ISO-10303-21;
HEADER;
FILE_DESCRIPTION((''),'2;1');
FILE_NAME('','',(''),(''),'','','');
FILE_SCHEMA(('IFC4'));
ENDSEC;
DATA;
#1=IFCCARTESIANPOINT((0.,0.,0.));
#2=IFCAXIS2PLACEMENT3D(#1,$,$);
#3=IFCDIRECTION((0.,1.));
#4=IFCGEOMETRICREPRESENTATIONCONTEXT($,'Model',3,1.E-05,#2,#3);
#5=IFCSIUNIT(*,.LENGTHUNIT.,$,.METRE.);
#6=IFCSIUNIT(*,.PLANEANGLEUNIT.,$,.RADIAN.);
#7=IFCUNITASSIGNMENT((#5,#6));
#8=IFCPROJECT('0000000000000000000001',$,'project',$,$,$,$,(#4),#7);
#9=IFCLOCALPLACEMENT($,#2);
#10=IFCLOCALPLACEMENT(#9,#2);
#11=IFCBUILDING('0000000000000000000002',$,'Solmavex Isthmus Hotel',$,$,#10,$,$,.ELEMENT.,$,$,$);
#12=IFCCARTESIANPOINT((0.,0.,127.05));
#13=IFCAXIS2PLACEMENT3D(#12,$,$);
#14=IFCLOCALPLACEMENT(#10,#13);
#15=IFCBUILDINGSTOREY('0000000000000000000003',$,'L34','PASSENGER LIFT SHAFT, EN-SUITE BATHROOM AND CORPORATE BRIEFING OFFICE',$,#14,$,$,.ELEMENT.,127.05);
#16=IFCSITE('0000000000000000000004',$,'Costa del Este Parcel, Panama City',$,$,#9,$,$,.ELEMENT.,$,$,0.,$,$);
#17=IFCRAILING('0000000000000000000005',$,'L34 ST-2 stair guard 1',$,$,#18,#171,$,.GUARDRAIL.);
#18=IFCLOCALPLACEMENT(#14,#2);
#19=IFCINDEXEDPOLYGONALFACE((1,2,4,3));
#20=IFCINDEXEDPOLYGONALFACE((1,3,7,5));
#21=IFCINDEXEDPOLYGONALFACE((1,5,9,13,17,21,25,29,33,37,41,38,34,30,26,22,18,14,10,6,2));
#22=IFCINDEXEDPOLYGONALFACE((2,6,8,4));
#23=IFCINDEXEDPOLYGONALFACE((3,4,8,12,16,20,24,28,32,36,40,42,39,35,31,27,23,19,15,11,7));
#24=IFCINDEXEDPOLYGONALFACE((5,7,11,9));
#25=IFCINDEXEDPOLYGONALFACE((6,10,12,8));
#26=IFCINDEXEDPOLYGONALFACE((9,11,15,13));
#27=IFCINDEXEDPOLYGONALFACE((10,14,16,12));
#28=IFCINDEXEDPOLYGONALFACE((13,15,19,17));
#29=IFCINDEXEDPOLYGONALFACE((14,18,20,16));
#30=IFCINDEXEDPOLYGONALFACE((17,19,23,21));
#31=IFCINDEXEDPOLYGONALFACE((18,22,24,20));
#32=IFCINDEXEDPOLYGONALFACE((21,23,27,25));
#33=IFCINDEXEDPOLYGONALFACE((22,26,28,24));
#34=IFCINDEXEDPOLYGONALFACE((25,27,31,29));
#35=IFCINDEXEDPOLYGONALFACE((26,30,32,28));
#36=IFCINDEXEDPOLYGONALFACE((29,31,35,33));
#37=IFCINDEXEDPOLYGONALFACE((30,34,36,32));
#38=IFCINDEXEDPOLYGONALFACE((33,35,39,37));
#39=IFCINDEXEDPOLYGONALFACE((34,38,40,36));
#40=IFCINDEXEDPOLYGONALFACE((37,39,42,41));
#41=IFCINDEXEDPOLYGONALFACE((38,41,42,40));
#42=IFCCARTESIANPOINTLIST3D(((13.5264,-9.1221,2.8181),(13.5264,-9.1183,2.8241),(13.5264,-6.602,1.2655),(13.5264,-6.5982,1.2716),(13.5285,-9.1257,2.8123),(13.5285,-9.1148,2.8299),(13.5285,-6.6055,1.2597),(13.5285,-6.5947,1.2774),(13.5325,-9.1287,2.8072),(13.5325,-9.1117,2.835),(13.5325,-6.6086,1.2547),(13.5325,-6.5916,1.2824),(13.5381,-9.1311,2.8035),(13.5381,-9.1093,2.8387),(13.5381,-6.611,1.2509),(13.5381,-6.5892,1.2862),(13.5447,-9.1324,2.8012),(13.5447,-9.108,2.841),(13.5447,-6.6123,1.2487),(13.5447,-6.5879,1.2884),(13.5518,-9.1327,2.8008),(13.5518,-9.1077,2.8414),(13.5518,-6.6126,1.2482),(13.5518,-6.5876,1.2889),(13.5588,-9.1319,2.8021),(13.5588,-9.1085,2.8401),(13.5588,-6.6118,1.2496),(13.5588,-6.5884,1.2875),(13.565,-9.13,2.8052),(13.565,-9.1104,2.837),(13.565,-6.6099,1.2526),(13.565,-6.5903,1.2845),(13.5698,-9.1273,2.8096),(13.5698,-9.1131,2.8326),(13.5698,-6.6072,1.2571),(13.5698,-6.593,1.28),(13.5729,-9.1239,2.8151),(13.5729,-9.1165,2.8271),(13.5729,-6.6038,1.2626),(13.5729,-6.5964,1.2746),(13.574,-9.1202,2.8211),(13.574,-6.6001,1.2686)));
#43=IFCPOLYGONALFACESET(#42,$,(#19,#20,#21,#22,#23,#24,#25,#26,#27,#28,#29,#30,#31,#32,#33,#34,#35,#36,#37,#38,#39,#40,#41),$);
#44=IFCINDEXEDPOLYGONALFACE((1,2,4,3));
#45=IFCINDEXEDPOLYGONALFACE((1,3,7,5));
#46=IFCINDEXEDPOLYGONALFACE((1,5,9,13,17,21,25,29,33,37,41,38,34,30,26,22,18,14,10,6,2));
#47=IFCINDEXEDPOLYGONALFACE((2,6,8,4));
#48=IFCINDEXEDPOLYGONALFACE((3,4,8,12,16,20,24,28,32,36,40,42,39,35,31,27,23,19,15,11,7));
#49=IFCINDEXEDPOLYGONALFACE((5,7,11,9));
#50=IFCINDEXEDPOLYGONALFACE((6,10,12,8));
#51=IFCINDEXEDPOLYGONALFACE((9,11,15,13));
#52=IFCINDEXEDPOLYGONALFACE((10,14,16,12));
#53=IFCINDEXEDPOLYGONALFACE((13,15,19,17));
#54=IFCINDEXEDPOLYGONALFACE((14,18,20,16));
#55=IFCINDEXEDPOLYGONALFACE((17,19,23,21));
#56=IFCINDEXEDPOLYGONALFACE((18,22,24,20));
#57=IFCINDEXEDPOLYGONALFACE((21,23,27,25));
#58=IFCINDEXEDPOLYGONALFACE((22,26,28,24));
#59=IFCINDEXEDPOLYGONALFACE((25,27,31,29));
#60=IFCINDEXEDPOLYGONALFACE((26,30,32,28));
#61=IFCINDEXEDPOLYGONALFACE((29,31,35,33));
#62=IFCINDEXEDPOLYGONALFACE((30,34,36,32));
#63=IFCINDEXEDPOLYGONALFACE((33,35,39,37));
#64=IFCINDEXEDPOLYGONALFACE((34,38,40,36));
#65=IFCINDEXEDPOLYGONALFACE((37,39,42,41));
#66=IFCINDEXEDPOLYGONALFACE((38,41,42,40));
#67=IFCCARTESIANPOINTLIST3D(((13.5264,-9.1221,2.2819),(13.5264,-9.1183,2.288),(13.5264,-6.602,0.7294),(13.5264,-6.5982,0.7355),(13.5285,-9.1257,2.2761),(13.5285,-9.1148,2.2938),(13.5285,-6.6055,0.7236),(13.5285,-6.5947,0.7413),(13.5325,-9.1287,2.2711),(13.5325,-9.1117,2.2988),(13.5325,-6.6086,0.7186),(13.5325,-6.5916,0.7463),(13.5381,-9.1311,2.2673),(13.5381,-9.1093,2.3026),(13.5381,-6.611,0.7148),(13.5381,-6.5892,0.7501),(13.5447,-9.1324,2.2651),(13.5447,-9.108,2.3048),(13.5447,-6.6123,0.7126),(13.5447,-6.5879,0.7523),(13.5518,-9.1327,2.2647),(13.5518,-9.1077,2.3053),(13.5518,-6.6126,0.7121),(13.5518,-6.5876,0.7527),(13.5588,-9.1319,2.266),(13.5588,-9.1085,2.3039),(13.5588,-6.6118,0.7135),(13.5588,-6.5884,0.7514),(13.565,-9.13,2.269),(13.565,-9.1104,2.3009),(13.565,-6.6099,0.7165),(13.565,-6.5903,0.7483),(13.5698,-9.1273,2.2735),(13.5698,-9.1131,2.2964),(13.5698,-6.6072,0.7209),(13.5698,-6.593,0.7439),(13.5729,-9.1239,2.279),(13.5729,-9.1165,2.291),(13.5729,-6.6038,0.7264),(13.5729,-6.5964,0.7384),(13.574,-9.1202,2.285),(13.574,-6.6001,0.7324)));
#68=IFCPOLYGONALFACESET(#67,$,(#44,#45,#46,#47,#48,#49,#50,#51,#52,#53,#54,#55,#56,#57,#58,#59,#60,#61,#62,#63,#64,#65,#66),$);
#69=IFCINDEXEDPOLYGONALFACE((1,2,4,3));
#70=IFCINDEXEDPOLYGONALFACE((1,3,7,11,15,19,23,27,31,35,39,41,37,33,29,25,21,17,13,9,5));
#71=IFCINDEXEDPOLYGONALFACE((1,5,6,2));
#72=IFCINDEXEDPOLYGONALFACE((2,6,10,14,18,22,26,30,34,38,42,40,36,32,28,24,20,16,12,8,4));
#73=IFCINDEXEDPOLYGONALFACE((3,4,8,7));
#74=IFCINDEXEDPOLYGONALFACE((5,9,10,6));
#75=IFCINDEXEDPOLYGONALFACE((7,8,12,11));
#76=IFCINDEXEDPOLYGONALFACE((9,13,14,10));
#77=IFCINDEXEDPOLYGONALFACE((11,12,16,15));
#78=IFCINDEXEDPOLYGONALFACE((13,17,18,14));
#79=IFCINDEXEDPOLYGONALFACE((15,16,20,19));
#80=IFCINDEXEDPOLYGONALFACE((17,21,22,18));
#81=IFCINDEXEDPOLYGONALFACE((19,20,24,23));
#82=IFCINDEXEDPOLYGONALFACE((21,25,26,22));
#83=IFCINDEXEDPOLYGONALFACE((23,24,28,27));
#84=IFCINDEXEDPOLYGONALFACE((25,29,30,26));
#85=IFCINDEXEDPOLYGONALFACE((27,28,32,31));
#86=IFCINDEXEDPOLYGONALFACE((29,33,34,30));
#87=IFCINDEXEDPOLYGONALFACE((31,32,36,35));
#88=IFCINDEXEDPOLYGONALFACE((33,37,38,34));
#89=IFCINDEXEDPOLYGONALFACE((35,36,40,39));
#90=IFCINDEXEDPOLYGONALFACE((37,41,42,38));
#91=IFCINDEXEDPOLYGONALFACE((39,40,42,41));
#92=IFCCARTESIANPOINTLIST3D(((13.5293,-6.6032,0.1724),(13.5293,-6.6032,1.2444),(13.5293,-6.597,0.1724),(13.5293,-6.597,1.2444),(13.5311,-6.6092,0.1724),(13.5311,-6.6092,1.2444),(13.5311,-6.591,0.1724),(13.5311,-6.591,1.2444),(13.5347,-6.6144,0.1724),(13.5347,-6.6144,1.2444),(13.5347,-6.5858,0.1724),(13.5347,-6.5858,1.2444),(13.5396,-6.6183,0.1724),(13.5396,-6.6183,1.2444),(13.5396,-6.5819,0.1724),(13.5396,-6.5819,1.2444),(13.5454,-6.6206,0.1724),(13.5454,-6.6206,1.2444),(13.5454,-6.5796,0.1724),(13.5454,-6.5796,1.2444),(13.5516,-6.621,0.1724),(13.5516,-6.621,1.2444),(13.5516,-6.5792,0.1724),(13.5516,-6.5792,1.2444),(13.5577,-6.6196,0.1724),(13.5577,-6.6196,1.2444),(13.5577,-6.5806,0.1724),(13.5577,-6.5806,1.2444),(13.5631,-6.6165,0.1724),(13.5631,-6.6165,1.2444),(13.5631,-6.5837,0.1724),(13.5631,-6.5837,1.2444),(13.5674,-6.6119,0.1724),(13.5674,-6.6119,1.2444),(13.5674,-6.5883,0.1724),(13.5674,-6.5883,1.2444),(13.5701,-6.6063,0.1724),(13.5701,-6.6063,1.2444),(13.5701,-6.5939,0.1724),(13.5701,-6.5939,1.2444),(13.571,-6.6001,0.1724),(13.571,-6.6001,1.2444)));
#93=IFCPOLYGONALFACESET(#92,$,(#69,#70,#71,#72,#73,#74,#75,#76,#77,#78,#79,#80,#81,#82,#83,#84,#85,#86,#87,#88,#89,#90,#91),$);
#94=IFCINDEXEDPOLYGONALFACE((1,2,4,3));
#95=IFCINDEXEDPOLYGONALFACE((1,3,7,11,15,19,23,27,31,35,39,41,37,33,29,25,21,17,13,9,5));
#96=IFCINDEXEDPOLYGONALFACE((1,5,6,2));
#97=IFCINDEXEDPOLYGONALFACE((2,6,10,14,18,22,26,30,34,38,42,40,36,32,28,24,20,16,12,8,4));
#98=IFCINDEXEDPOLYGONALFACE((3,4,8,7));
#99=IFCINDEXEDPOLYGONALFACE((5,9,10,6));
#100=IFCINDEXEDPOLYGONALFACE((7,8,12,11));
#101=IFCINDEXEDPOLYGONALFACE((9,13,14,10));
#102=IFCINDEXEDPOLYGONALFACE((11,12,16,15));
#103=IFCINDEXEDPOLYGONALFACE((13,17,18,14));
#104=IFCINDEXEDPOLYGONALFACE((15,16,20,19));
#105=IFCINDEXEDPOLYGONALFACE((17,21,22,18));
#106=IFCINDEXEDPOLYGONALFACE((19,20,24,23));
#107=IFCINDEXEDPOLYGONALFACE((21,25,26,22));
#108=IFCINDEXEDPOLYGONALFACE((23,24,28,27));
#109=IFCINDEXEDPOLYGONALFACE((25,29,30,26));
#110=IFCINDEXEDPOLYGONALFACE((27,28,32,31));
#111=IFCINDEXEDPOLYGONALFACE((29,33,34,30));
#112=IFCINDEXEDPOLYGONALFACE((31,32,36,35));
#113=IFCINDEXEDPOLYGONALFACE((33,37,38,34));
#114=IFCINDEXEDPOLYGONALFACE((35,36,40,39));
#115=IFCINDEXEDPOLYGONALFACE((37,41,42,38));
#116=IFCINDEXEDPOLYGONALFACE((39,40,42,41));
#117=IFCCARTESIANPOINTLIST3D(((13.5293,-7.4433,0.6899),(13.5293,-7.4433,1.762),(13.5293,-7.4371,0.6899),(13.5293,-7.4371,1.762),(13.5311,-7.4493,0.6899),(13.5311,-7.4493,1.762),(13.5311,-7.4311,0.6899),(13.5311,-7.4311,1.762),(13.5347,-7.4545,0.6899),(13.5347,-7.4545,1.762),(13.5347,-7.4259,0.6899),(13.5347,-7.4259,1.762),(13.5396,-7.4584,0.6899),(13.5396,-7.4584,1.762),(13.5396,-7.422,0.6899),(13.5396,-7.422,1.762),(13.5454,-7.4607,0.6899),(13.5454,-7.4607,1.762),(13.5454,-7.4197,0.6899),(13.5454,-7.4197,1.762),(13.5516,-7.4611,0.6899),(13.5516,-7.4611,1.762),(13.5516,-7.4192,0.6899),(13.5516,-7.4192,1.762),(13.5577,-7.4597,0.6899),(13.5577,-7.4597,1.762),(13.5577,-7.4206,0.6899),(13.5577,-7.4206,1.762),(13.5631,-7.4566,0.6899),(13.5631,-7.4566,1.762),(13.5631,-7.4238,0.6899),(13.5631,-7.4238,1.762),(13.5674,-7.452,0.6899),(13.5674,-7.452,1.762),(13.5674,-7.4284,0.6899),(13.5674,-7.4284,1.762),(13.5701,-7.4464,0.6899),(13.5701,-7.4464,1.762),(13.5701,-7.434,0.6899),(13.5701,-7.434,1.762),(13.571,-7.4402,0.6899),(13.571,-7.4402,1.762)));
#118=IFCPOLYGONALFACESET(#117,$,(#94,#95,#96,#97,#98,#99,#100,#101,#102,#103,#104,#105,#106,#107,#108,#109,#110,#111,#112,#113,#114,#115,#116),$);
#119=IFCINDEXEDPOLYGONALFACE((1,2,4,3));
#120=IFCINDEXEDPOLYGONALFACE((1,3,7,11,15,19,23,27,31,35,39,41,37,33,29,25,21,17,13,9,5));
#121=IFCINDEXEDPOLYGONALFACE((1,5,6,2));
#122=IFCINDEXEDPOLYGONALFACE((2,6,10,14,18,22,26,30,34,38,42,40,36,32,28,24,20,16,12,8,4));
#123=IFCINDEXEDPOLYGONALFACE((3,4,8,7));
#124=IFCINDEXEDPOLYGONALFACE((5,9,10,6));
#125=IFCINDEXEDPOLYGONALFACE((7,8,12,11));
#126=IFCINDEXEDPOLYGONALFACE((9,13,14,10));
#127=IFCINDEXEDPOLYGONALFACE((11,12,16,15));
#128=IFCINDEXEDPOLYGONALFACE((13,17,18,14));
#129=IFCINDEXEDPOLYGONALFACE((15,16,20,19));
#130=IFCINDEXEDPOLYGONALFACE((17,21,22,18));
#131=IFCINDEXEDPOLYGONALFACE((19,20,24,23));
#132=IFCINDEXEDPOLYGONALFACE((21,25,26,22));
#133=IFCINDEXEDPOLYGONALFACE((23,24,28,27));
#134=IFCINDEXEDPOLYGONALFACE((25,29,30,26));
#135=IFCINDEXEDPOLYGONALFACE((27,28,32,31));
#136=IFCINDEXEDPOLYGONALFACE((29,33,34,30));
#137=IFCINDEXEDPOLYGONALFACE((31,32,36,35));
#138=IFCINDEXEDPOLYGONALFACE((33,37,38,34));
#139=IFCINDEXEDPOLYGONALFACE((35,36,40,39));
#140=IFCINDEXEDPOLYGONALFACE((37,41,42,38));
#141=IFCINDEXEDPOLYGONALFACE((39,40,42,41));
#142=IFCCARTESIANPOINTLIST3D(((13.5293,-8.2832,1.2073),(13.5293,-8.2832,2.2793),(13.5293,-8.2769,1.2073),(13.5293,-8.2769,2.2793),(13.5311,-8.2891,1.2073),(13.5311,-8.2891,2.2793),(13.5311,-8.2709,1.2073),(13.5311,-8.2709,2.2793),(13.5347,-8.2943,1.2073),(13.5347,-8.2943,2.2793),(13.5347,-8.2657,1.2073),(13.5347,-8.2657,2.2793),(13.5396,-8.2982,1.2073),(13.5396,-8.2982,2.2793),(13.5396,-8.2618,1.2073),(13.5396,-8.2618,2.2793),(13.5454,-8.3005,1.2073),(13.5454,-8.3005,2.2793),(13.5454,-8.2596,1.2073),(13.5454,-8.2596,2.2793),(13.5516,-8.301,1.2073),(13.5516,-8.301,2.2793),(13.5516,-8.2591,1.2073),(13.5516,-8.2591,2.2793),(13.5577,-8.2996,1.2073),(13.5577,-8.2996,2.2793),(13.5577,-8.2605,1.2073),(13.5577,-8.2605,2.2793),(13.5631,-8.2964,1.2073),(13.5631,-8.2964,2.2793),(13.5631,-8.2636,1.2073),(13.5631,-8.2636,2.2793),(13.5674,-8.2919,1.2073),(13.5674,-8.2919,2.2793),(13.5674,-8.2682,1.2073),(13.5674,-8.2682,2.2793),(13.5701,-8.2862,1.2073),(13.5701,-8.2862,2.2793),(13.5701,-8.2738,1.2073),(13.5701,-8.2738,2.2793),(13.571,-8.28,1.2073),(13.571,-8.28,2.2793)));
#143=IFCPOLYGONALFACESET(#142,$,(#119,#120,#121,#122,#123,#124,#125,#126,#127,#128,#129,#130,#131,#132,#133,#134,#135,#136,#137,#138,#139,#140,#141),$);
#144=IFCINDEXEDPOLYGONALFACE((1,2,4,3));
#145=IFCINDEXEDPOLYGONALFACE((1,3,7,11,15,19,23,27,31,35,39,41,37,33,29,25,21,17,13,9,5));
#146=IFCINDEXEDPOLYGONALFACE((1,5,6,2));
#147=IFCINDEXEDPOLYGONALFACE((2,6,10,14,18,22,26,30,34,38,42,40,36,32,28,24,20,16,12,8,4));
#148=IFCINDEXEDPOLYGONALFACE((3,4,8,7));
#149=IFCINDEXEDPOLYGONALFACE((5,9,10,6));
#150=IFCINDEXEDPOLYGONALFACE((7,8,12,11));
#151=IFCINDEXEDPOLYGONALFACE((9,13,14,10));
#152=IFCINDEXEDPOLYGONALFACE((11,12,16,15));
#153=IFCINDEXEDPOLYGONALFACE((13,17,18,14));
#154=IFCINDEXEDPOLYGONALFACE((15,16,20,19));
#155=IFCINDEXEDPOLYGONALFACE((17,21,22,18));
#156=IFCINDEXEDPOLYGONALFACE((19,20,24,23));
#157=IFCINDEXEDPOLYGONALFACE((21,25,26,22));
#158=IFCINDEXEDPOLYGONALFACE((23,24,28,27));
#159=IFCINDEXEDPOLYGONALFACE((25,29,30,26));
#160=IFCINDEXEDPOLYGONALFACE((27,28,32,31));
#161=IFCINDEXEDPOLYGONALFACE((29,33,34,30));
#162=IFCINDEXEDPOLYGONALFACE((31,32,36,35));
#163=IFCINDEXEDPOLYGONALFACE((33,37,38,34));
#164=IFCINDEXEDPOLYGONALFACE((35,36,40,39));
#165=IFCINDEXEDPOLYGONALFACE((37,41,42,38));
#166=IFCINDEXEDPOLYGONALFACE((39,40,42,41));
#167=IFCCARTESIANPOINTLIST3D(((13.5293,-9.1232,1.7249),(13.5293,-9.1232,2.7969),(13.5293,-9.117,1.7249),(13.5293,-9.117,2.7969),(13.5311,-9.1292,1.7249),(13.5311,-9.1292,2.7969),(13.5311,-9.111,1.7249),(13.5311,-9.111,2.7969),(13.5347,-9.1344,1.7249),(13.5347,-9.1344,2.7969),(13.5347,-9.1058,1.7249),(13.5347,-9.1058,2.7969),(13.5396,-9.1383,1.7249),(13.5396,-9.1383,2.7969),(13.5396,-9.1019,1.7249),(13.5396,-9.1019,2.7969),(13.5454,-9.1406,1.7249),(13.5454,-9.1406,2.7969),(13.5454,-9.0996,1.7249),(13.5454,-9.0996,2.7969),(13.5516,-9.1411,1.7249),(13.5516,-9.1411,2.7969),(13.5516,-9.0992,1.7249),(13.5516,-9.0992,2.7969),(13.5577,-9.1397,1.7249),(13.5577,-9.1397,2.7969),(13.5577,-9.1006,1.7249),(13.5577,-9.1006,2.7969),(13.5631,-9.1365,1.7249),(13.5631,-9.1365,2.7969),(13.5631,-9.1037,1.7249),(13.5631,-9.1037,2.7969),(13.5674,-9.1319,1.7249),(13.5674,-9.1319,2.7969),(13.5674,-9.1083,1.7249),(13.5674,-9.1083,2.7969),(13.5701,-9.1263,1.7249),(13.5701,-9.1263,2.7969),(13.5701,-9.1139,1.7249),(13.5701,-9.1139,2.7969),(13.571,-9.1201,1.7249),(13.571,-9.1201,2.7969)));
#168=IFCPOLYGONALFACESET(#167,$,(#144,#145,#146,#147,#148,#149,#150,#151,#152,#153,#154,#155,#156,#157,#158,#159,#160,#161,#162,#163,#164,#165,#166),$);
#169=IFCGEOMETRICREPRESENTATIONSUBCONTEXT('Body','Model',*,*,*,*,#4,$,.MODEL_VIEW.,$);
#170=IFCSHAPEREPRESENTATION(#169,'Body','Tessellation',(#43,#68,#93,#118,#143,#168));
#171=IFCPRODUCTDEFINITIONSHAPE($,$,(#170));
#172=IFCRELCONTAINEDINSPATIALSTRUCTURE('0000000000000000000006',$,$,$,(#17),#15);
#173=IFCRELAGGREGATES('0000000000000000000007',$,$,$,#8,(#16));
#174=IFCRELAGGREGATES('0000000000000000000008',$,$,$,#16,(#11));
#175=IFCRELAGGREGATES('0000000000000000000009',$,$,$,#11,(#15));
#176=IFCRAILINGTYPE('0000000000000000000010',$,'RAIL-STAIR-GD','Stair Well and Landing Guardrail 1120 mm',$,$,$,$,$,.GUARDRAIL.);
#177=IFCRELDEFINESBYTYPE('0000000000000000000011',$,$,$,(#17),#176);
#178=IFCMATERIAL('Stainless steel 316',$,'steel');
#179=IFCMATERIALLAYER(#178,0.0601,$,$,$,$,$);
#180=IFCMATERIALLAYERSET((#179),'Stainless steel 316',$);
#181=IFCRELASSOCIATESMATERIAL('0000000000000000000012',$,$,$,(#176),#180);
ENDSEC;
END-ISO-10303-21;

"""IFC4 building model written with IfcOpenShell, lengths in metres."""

from ifc_helpers import new_model, si_unit, direction, frame, origin, origin_2d, place, context, subcontext, project, spatial, circle, extrude, material, layer, layer_set, type_object, element, save


model = new_model("IFC4")

# Units and contexts
model_context = context("Model", 3, precision=1e-05, world=origin(), true_north=direction((0.0, 1.0)))
body_context = subcontext(model_context, "Body", "Model", "MODEL_VIEW")
ifc_project = project(units=[si_unit("LENGTHUNIT", "METRE"), si_unit("PLANEANGLEUNIT", "RADIAN")], contexts=[model_context])

# Site, building, storey
site_placement = place(None, origin())
site = spatial("IfcSite", under=ifc_project, at=site_placement, Name="Costa del Este Parcel, Panama City", CompositionType="ELEMENT", RefElevation=0.0)
building_placement = place(site_placement, origin())
building = spatial("IfcBuilding", under=site, at=building_placement, Name="Solmavex Isthmus Hotel", CompositionType="ELEMENT")
storey_placement = place(building_placement, frame((0.0, 0.0, 127.05)))
storey = spatial("IfcBuildingStorey", under=building, at=storey_placement, Name="L34", Description="PASSENGER LIFT SHAFT, EN-SUITE BATHROOM AND CORPORATE BRIEFING OFFICE", CompositionType="ELEMENT", Elevation=127.05)

# Shared definitions
ifc_material_1 = material(Name="Stainless steel 316", Category="steel")

# Railing
ifc_layer_1 = layer(ifc_material_1, 0.0601)
ifc_layer_set_1 = layer_set([ifc_layer_1], Name="Stainless steel 316")
railing_type_1 = type_object("IfcRailingType", Name="RAIL-STAIR-GD", Description="Stair Well and Landing Guardrail 1120 mm", PredefinedType="GUARDRAIL", material=ifc_layer_set_1)
railing_1_placement = place(storey_placement, frame((13.55, -6.6001, 0.1724)))
element("IfcRailing", 1, at=railing_1_placement, inside=storey, type_object=railing_type_1, Name="L34 ST-2 stair guard 1", PredefinedType="GUARDRAIL", context=body_context, shape_type="SweptSolid", body=[
    extrude(circle(Radius=0.0239, at=origin_2d()), frame((0.0, 0.0, 1.0962), z_axis=(0.0, -0.8514, 0.524516), x_axis=(1.0, 0.0, 0.0)), (0.0, 0.0, 1.0), 2.96),
    extrude(circle(Radius=0.0239, at=origin_2d()), frame((0.0, 0.0, 0.5601), z_axis=(0.0, -0.8514, 0.524516), x_axis=(1.0, 0.0, 0.0)), (0.0, 0.0, 1.0), 2.96),
    extrude(circle(Radius=0.021, at=origin_2d()), origin(), (0.0, 0.0, 1.0), 1.072),
    extrude(circle(Radius=0.021, at=origin_2d()), frame((0.0, -0.8401, 0.5176)), (0.0, 0.0, 1.0), 1.072),
    extrude(circle(Radius=0.021, at=origin_2d()), frame((0.0, -1.6799, 1.0349)), (0.0, 0.0, 1.0), 1.072),
    extrude(circle(Radius=0.021, at=origin_2d()), frame((0.0, -2.52, 1.5525)), (0.0, 0.0, 1.0), 1.072),
])

save(model, "model.ifc")
